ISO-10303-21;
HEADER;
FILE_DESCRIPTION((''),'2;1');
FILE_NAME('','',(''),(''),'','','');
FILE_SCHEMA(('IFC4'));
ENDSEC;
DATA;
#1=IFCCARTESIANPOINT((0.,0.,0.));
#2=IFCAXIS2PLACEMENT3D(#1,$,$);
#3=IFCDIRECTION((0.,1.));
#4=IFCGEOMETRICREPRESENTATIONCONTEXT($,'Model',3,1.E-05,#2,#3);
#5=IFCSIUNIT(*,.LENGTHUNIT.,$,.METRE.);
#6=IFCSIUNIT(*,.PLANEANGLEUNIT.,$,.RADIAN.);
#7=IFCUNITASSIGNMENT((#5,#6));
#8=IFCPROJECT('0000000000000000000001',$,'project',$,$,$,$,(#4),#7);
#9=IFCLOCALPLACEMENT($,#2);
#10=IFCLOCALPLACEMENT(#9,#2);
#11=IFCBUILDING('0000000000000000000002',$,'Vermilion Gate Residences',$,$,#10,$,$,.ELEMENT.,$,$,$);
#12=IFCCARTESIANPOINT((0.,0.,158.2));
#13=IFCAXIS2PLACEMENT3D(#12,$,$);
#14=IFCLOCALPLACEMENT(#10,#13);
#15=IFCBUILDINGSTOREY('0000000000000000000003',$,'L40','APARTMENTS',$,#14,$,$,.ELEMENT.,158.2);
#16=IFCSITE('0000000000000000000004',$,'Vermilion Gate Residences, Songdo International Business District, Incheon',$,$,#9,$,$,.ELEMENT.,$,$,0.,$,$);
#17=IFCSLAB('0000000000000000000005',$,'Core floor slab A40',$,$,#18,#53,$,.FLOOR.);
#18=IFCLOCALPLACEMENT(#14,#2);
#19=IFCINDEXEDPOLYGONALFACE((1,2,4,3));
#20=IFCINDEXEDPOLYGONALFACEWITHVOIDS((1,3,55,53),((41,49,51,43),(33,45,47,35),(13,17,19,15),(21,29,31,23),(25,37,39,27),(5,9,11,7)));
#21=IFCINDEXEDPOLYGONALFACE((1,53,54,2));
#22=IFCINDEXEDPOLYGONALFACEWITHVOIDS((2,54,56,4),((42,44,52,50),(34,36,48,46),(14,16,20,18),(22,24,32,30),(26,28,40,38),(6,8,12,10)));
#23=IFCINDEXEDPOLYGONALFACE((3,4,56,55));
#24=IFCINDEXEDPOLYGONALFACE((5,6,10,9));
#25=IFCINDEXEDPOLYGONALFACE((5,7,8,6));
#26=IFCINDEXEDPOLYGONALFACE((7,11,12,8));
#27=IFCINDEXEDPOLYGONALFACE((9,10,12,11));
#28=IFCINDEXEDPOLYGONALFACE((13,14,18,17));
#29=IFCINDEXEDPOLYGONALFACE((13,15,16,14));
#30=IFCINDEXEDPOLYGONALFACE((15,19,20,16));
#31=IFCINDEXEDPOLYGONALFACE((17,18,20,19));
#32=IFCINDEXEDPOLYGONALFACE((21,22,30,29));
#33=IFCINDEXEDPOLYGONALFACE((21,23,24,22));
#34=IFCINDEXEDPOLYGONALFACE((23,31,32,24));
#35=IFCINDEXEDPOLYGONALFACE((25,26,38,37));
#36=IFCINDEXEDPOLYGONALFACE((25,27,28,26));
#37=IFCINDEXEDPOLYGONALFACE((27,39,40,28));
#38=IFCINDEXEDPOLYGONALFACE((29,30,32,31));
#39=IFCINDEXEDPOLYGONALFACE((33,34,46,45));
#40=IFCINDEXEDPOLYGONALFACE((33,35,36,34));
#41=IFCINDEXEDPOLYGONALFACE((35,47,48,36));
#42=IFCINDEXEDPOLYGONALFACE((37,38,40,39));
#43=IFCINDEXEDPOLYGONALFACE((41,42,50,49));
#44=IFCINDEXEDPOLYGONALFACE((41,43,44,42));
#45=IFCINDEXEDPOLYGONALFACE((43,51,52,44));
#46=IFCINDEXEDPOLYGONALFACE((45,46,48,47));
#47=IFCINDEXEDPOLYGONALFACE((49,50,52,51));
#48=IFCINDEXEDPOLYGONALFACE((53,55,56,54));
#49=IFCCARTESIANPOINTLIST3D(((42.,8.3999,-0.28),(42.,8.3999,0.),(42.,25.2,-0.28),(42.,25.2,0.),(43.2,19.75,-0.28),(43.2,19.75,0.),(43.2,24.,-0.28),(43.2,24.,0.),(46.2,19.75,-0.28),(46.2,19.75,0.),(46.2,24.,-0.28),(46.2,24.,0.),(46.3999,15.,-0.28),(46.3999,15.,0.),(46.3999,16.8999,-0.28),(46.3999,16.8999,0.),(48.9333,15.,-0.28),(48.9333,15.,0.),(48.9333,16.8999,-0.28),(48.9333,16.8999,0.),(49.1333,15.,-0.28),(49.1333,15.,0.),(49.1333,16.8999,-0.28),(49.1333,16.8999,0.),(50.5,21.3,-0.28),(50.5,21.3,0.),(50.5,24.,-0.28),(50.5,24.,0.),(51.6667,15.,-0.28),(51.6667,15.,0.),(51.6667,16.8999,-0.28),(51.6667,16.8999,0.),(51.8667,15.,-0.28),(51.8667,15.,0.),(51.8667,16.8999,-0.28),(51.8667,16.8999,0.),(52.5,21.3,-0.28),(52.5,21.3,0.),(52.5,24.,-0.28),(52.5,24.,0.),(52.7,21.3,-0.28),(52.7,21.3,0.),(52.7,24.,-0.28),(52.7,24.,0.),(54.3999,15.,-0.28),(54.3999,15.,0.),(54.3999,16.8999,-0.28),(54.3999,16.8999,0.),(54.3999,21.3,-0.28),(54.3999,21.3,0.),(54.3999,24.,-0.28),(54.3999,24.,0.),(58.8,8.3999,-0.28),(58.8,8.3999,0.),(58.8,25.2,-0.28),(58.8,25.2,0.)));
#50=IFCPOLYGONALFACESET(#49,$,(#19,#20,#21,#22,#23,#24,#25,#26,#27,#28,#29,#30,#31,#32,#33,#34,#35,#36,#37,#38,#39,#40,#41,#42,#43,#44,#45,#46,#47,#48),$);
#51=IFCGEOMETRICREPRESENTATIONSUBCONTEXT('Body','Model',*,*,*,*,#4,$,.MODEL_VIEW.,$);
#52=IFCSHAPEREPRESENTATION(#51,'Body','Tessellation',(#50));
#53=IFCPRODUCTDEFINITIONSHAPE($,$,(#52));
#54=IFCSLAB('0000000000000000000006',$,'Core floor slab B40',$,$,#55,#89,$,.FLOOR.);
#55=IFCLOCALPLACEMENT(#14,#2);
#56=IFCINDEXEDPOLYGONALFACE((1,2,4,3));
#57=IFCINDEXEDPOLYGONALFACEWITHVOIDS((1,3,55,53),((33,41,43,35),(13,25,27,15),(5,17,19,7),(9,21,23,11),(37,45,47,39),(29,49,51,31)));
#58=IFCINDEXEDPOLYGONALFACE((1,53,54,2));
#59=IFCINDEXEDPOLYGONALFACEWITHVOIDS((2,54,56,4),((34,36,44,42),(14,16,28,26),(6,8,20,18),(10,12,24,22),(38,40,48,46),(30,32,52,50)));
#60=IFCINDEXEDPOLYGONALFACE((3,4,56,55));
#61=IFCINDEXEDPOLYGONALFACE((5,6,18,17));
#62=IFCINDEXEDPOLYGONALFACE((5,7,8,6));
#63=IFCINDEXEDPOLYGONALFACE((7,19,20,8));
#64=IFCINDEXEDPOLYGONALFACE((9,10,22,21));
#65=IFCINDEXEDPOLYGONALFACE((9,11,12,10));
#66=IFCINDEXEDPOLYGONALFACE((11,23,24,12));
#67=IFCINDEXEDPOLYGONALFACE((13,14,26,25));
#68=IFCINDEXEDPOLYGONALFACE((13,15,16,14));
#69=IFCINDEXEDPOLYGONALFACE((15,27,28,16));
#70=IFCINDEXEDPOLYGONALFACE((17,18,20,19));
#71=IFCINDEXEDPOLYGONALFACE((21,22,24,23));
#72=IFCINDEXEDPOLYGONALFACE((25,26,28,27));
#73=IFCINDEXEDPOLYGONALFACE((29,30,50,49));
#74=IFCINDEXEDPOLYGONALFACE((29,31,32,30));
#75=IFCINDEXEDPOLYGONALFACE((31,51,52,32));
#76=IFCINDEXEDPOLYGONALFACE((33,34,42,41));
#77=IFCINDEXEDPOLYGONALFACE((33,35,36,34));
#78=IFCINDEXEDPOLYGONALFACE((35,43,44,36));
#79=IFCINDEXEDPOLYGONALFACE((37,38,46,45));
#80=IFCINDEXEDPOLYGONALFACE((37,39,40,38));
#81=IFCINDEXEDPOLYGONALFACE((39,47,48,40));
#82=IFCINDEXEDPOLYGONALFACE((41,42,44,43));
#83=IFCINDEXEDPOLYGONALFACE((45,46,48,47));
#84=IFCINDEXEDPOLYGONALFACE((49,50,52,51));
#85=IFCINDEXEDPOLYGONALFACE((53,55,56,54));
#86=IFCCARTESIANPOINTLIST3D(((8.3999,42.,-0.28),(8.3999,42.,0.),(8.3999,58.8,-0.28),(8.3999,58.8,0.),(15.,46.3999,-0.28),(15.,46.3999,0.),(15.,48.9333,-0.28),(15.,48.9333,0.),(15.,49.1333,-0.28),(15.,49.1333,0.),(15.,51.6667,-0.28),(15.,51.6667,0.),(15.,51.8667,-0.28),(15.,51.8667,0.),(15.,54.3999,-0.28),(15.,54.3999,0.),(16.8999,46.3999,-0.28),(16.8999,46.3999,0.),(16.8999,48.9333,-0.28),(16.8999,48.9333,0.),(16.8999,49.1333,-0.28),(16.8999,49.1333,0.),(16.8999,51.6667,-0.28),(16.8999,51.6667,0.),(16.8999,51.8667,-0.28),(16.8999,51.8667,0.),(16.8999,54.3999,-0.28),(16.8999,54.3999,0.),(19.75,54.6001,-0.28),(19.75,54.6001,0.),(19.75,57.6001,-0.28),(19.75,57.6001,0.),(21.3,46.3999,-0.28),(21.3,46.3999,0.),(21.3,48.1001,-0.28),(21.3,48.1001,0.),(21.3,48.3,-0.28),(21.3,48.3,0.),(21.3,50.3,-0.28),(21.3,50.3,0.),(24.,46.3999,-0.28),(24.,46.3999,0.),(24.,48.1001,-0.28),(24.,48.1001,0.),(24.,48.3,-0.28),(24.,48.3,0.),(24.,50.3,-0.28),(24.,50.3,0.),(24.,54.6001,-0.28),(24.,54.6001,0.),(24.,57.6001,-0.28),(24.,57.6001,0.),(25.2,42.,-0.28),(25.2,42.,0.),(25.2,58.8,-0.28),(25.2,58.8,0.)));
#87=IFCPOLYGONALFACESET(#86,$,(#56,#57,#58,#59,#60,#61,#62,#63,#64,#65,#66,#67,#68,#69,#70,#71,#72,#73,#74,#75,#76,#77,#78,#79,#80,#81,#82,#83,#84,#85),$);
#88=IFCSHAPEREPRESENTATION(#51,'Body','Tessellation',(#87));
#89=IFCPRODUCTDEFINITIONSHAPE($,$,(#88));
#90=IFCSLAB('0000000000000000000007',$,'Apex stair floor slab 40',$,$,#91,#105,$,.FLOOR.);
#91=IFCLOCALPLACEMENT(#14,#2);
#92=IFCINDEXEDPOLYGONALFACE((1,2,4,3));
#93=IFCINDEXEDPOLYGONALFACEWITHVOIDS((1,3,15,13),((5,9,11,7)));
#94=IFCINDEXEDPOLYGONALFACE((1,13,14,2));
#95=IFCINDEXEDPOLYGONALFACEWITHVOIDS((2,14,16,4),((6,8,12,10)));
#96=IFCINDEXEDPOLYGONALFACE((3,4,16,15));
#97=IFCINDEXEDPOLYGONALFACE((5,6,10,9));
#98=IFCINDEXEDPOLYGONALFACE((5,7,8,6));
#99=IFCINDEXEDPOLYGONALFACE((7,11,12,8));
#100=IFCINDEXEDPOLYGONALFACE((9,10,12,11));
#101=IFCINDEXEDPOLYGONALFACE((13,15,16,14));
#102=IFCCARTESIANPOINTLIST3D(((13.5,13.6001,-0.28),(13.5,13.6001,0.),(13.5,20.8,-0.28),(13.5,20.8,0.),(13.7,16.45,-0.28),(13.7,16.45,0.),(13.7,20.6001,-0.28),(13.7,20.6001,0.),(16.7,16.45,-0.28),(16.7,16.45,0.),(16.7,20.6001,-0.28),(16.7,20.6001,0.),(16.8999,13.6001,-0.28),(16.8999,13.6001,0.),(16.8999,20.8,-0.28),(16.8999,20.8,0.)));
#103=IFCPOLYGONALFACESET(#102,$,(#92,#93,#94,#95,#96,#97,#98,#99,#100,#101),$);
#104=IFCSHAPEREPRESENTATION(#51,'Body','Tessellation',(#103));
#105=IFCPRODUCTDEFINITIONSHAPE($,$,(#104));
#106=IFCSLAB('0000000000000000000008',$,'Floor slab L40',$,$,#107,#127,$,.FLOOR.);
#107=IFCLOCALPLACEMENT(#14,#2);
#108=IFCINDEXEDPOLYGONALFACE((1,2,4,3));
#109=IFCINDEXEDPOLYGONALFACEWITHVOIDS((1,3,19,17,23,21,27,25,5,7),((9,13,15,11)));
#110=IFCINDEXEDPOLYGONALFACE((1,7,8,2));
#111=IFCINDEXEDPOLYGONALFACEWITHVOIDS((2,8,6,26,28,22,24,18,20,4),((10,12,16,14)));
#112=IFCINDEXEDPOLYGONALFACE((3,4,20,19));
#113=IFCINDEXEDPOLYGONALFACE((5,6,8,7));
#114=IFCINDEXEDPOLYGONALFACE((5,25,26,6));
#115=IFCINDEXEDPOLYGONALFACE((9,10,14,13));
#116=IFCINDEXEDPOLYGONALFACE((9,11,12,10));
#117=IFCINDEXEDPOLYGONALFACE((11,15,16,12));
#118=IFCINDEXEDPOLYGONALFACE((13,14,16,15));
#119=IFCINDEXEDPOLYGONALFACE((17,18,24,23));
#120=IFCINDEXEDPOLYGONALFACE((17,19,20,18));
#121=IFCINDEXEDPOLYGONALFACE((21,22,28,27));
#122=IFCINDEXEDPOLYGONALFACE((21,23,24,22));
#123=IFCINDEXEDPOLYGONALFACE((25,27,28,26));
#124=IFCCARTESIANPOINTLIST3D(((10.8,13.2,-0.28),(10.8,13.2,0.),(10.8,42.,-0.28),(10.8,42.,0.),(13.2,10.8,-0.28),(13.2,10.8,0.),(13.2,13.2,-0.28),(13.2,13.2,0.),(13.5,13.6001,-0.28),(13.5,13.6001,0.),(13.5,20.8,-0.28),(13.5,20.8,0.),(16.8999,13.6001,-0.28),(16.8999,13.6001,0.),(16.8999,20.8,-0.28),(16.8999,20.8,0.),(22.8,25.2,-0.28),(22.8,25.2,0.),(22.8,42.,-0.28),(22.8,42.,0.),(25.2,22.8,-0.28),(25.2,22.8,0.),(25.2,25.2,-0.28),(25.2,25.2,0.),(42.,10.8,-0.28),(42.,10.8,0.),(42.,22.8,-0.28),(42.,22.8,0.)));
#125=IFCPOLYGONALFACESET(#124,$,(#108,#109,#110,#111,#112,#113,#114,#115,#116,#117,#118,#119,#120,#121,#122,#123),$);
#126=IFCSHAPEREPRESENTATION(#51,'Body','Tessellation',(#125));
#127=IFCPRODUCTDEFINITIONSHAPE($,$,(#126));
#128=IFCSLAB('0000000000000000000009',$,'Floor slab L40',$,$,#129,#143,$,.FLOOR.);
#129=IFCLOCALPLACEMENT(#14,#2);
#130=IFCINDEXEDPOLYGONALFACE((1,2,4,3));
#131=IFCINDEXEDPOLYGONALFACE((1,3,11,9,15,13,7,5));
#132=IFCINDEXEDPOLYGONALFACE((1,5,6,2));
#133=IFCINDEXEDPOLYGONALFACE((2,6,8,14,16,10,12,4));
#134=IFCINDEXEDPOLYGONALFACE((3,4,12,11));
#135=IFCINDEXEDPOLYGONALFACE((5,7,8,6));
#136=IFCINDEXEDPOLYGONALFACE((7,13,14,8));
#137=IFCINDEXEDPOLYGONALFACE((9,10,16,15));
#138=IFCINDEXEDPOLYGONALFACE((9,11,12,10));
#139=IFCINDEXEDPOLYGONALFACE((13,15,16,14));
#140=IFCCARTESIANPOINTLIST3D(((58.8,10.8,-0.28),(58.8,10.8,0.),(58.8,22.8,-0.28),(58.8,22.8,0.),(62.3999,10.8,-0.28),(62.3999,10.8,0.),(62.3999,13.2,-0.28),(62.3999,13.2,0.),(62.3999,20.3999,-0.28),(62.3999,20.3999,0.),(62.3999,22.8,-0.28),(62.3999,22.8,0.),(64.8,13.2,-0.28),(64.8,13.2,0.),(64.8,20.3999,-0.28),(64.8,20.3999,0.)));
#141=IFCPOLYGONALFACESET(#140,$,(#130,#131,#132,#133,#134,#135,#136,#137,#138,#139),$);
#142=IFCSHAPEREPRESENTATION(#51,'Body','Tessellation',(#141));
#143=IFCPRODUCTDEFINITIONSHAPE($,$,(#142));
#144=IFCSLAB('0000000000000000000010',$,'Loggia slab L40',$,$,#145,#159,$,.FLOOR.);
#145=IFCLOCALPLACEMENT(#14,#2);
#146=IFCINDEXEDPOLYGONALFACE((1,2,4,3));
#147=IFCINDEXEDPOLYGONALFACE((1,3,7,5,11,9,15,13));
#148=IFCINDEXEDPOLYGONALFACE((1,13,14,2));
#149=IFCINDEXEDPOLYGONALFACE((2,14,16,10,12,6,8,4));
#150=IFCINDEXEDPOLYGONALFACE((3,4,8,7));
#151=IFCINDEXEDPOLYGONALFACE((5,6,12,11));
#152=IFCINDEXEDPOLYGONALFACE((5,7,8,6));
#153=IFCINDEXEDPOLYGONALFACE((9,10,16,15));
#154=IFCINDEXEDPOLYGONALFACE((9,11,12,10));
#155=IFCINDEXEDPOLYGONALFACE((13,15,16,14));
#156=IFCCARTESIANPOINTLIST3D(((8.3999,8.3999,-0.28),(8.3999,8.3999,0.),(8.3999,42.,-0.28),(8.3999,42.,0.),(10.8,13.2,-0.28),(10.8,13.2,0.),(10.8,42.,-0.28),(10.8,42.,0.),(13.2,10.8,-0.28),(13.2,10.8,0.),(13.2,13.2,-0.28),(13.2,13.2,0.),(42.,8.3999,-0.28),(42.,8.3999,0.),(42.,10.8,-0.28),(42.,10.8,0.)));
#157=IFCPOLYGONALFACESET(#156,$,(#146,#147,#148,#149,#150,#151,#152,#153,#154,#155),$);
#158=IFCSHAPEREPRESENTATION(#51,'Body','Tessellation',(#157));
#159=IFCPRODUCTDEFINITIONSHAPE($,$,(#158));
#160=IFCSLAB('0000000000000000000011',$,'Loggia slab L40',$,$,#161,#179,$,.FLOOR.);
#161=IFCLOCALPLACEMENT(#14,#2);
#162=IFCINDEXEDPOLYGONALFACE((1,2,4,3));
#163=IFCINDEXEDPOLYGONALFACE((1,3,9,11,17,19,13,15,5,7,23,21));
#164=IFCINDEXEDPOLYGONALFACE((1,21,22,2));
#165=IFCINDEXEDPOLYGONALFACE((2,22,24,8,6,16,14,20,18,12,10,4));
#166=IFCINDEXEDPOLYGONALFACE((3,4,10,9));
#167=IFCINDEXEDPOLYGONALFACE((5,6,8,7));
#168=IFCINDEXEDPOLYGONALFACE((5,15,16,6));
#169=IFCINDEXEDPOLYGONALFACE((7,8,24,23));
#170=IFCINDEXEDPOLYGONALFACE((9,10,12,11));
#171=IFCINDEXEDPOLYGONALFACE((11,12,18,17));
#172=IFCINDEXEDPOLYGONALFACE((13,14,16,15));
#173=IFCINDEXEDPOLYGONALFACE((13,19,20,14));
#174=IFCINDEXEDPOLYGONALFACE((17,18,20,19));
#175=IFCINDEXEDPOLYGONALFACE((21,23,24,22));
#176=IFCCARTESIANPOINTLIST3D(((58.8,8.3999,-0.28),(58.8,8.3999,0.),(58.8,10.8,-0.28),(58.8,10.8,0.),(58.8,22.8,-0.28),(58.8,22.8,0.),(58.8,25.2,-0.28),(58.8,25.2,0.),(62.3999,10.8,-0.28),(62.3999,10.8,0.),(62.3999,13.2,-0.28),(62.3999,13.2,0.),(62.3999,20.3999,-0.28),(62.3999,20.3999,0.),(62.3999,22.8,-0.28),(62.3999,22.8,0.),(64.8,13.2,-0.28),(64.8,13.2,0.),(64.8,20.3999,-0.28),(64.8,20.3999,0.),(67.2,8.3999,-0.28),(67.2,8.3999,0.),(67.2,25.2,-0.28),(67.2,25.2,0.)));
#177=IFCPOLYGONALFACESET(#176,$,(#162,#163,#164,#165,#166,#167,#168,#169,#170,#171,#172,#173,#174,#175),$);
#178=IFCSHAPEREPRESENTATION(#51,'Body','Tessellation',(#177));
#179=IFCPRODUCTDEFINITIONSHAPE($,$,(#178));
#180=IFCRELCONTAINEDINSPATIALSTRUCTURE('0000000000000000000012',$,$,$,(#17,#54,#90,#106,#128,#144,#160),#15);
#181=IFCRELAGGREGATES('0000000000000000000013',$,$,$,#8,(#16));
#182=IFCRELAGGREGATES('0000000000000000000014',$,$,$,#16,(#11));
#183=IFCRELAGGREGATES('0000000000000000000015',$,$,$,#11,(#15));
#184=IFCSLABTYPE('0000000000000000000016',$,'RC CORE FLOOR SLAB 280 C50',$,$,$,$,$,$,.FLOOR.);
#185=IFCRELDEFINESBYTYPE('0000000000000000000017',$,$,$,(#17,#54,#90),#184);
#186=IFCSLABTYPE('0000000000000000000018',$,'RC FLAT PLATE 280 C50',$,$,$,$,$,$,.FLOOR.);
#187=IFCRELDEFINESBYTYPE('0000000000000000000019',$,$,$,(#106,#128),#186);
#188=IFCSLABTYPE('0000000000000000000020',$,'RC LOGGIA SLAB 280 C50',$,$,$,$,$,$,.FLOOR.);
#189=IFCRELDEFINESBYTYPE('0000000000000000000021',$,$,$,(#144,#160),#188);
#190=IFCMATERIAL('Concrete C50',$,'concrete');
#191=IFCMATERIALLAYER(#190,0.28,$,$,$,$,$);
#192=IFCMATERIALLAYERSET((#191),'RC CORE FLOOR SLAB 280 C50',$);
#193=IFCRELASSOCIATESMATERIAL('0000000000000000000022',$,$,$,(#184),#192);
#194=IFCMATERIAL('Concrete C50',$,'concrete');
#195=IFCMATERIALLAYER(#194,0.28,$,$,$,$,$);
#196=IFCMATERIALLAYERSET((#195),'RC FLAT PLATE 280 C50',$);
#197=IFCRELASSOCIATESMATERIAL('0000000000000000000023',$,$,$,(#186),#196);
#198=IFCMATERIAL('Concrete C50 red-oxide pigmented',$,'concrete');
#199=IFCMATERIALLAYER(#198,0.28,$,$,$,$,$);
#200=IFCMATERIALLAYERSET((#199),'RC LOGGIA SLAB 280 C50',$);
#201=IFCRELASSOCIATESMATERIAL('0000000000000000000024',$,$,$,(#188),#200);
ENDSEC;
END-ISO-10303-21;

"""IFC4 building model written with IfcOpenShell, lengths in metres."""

from ifc_helpers import new_model, si_unit, direction, frame, origin, place, context, subcontext, project, spatial, polyline, outline, extrude, material, layer, layer_set, type_object, element, save


model = new_model("IFC4")

# Units and contexts
model_context = context("Model", 3, precision=1e-05, world=origin(), true_north=direction((0.0, 1.0)))
body_context = subcontext(model_context, "Body", "Model", "MODEL_VIEW")
ifc_project = project(units=[si_unit("LENGTHUNIT", "METRE"), si_unit("PLANEANGLEUNIT", "RADIAN")], contexts=[model_context])

# Site, building, storey
site_placement = place(None, origin())
site = spatial("IfcSite", under=ifc_project, at=site_placement, Name="Vermilion Gate Residences, Songdo International Business District, Incheon", CompositionType="ELEMENT", RefElevation=0.0)
building_placement = place(site_placement, origin())
building = spatial("IfcBuilding", under=site, at=building_placement, Name="Vermilion Gate Residences", CompositionType="ELEMENT")
storey_placement = place(building_placement, frame((0.0, 0.0, 158.2)))
storey = spatial("IfcBuildingStorey", under=building, at=storey_placement, Name="L40", Description="APARTMENTS", CompositionType="ELEMENT", Elevation=158.2)

# Slabs
ifc_material_1 = material(Name="Concrete C50", Category="concrete")
ifc_layer_1 = layer(ifc_material_1, 0.28)
ifc_layer_set_1 = layer_set([ifc_layer_1], Name="RC CORE FLOOR SLAB 280 C50")
slab_type_1 = type_object("IfcSlabType", Name="RC CORE FLOOR SLAB 280 C50", PredefinedType="FLOOR", material=ifc_layer_set_1)
slab_1_placement = place(storey_placement, frame((0.0, 0.0, -0.28)))
element("IfcSlab", 1, at=slab_1_placement, inside=storey, type_object=slab_type_1, Name="Core floor slab A40", PredefinedType="FLOOR", context=body_context, shape_type="SweptSolid", body=[
    extrude(outline(polyline([(42.0, 8.3999), (58.8, 8.3999), (58.8, 25.2), (42.0, 25.2), (42.0, 8.3999)]), holes=[polyline([(46.3999, 15.0), (46.3999, 16.8999), (48.9333, 16.8999), (48.9333, 15.0), (46.3999, 15.0)]), polyline([(49.1333, 16.8999), (51.6667, 16.8999), (51.6667, 15.0), (49.1333, 15.0), (49.1333, 16.8999)]), polyline([(51.8667, 16.8999), (54.3999, 16.8999), (54.3999, 15.0), (51.8667, 15.0), (51.8667, 16.8999)]), polyline([(43.2, 19.75), (43.2, 24.0), (46.2, 24.0), (46.2, 19.75), (43.2, 19.75)]), polyline([(50.5, 24.0), (52.5, 24.0), (52.5, 21.3), (50.5, 21.3), (50.5, 24.0)]), polyline([(52.7, 24.0), (54.3999, 24.0), (54.3999, 21.3), (52.7, 21.3), (52.7, 24.0)])]), origin(), (0.0, 0.0, 1.0), 0.28),
])
slab_2_placement = place(storey_placement, frame((0.0, 0.0, -0.28)))
element("IfcSlab", 2, at=slab_2_placement, inside=storey, type_object=slab_type_1, Name="Core floor slab B40", PredefinedType="FLOOR", context=body_context, shape_type="SweptSolid", body=[
    extrude(outline(polyline([(8.3999, 42.0), (25.2, 42.0), (25.2, 58.8), (8.3999, 58.8), (8.3999, 42.0)]), holes=[polyline([(21.3, 46.3999), (21.3, 48.1001), (24.0, 48.1001), (24.0, 46.3999), (21.3, 46.3999)]), polyline([(15.0, 48.9333), (16.8999, 48.9333), (16.8999, 46.3999), (15.0, 46.3999), (15.0, 48.9333)]), polyline([(21.3, 50.3), (24.0, 50.3), (24.0, 48.3), (21.3, 48.3), (21.3, 50.3)]), polyline([(15.0, 49.1333), (15.0, 51.6667), (16.8999, 51.6667), (16.8999, 49.1333), (15.0, 49.1333)]), polyline([(15.0, 54.3999), (16.8999, 54.3999), (16.8999, 51.8667), (15.0, 51.8667), (15.0, 54.3999)]), polyline([(19.75, 57.6001), (24.0, 57.6001), (24.0, 54.6001), (19.75, 54.6001), (19.75, 57.6001)])]), origin(), (0.0, 0.0, 1.0), 0.28),
])
slab_3_placement = place(storey_placement, frame((0.0, 0.0, -0.28)))
element("IfcSlab", 3, at=slab_3_placement, inside=storey, type_object=slab_type_1, Name="Apex stair floor slab 40", PredefinedType="FLOOR", context=body_context, shape_type="SweptSolid", body=[
    extrude(outline(polyline([(13.5, 13.6001), (16.8999, 13.6001), (16.8999, 20.8), (13.5, 20.8), (13.5, 13.6001)]), holes=[polyline([(16.7, 20.6001), (16.7, 16.45), (13.7, 16.45), (13.7, 20.6001), (16.7, 20.6001)])]), origin(), (0.0, 0.0, 1.0), 0.28),
])
ifc_material_2 = material(Name="Concrete C50", Category="concrete")
ifc_layer_2 = layer(ifc_material_2, 0.28)
ifc_layer_set_2 = layer_set([ifc_layer_2], Name="RC FLAT PLATE 280 C50")
slab_type_2 = type_object("IfcSlabType", Name="RC FLAT PLATE 280 C50", PredefinedType="FLOOR", material=ifc_layer_set_2)
slab_4_placement = place(storey_placement, frame((0.0, 0.0, -0.28)))
element("IfcSlab", 4, at=slab_4_placement, inside=storey, type_object=slab_type_2, Name="Floor slab L40", PredefinedType="FLOOR", context=body_context, shape_type="SweptSolid", body=[
    extrude(outline(polyline([(22.8, 25.2), (22.8, 42.0), (10.8, 42.0), (10.8, 13.2), (13.2, 13.2), (13.2, 10.8), (42.0, 10.8), (42.0, 22.8), (25.2, 22.8), (25.2, 25.2), (22.8, 25.2)]), holes=[polyline([(13.5, 13.6001), (13.5, 20.8), (16.8999, 20.8), (16.8999, 13.6001), (13.5, 13.6001)])]), origin(), (0.0, 0.0, 1.0), 0.28),
])
slab_5_placement = place(storey_placement, frame((0.0, 0.0, -0.28)))
element("IfcSlab", 5, at=slab_5_placement, inside=storey, type_object=slab_type_2, Name="Floor slab L40", PredefinedType="FLOOR", context=body_context, shape_type="SweptSolid", body=[
    extrude(outline(polyline([(58.8, 22.8), (58.8, 10.8), (62.3999, 10.8), (62.3999, 13.2), (64.8, 13.2), (64.8, 20.3999), (62.3999, 20.3999), (62.3999, 22.8), (58.8, 22.8)])), origin(), (0.0, 0.0, 1.0), 0.28),
])
ifc_material_3 = material(Name="Concrete C50 red-oxide pigmented", Category="concrete")
ifc_layer_3 = layer(ifc_material_3, 0.28)
ifc_layer_set_3 = layer_set([ifc_layer_3], Name="RC LOGGIA SLAB 280 C50")
slab_type_3 = type_object("IfcSlabType", Name="RC LOGGIA SLAB 280 C50", PredefinedType="FLOOR", material=ifc_layer_set_3)
slab_6_placement = place(storey_placement, frame((0.0, 0.0, -0.28)))
element("IfcSlab", 6, at=slab_6_placement, inside=storey, type_object=slab_type_3, Name="Loggia slab L40", PredefinedType="FLOOR", context=body_context, shape_type="SweptSolid", body=[
    extrude(outline(polyline([(8.3999, 42.0), (8.3999, 8.3999), (42.0, 8.3999), (42.0, 10.8), (13.2, 10.8), (13.2, 13.2), (10.8, 13.2), (10.8, 42.0), (8.3999, 42.0)])), origin(), (0.0, 0.0, 1.0), 0.28),
])
slab_7_placement = place(storey_placement, frame((0.0, 0.0, -0.28)))
element("IfcSlab", 7, at=slab_7_placement, inside=storey, type_object=slab_type_3, Name="Loggia slab L40", PredefinedType="FLOOR", context=body_context, shape_type="SweptSolid", body=[
    extrude(outline(polyline([(64.8, 13.2), (62.3999, 13.2), (62.3999, 10.8), (58.8, 10.8), (58.8, 8.3999), (67.2, 8.3999), (67.2, 25.2), (58.8, 25.2), (58.8, 22.8), (62.3999, 22.8), (62.3999, 20.3999), (64.8, 20.3999), (64.8, 13.2)])), origin(), (0.0, 0.0, 1.0), 0.28),
])

save(model, "model.ifc")
